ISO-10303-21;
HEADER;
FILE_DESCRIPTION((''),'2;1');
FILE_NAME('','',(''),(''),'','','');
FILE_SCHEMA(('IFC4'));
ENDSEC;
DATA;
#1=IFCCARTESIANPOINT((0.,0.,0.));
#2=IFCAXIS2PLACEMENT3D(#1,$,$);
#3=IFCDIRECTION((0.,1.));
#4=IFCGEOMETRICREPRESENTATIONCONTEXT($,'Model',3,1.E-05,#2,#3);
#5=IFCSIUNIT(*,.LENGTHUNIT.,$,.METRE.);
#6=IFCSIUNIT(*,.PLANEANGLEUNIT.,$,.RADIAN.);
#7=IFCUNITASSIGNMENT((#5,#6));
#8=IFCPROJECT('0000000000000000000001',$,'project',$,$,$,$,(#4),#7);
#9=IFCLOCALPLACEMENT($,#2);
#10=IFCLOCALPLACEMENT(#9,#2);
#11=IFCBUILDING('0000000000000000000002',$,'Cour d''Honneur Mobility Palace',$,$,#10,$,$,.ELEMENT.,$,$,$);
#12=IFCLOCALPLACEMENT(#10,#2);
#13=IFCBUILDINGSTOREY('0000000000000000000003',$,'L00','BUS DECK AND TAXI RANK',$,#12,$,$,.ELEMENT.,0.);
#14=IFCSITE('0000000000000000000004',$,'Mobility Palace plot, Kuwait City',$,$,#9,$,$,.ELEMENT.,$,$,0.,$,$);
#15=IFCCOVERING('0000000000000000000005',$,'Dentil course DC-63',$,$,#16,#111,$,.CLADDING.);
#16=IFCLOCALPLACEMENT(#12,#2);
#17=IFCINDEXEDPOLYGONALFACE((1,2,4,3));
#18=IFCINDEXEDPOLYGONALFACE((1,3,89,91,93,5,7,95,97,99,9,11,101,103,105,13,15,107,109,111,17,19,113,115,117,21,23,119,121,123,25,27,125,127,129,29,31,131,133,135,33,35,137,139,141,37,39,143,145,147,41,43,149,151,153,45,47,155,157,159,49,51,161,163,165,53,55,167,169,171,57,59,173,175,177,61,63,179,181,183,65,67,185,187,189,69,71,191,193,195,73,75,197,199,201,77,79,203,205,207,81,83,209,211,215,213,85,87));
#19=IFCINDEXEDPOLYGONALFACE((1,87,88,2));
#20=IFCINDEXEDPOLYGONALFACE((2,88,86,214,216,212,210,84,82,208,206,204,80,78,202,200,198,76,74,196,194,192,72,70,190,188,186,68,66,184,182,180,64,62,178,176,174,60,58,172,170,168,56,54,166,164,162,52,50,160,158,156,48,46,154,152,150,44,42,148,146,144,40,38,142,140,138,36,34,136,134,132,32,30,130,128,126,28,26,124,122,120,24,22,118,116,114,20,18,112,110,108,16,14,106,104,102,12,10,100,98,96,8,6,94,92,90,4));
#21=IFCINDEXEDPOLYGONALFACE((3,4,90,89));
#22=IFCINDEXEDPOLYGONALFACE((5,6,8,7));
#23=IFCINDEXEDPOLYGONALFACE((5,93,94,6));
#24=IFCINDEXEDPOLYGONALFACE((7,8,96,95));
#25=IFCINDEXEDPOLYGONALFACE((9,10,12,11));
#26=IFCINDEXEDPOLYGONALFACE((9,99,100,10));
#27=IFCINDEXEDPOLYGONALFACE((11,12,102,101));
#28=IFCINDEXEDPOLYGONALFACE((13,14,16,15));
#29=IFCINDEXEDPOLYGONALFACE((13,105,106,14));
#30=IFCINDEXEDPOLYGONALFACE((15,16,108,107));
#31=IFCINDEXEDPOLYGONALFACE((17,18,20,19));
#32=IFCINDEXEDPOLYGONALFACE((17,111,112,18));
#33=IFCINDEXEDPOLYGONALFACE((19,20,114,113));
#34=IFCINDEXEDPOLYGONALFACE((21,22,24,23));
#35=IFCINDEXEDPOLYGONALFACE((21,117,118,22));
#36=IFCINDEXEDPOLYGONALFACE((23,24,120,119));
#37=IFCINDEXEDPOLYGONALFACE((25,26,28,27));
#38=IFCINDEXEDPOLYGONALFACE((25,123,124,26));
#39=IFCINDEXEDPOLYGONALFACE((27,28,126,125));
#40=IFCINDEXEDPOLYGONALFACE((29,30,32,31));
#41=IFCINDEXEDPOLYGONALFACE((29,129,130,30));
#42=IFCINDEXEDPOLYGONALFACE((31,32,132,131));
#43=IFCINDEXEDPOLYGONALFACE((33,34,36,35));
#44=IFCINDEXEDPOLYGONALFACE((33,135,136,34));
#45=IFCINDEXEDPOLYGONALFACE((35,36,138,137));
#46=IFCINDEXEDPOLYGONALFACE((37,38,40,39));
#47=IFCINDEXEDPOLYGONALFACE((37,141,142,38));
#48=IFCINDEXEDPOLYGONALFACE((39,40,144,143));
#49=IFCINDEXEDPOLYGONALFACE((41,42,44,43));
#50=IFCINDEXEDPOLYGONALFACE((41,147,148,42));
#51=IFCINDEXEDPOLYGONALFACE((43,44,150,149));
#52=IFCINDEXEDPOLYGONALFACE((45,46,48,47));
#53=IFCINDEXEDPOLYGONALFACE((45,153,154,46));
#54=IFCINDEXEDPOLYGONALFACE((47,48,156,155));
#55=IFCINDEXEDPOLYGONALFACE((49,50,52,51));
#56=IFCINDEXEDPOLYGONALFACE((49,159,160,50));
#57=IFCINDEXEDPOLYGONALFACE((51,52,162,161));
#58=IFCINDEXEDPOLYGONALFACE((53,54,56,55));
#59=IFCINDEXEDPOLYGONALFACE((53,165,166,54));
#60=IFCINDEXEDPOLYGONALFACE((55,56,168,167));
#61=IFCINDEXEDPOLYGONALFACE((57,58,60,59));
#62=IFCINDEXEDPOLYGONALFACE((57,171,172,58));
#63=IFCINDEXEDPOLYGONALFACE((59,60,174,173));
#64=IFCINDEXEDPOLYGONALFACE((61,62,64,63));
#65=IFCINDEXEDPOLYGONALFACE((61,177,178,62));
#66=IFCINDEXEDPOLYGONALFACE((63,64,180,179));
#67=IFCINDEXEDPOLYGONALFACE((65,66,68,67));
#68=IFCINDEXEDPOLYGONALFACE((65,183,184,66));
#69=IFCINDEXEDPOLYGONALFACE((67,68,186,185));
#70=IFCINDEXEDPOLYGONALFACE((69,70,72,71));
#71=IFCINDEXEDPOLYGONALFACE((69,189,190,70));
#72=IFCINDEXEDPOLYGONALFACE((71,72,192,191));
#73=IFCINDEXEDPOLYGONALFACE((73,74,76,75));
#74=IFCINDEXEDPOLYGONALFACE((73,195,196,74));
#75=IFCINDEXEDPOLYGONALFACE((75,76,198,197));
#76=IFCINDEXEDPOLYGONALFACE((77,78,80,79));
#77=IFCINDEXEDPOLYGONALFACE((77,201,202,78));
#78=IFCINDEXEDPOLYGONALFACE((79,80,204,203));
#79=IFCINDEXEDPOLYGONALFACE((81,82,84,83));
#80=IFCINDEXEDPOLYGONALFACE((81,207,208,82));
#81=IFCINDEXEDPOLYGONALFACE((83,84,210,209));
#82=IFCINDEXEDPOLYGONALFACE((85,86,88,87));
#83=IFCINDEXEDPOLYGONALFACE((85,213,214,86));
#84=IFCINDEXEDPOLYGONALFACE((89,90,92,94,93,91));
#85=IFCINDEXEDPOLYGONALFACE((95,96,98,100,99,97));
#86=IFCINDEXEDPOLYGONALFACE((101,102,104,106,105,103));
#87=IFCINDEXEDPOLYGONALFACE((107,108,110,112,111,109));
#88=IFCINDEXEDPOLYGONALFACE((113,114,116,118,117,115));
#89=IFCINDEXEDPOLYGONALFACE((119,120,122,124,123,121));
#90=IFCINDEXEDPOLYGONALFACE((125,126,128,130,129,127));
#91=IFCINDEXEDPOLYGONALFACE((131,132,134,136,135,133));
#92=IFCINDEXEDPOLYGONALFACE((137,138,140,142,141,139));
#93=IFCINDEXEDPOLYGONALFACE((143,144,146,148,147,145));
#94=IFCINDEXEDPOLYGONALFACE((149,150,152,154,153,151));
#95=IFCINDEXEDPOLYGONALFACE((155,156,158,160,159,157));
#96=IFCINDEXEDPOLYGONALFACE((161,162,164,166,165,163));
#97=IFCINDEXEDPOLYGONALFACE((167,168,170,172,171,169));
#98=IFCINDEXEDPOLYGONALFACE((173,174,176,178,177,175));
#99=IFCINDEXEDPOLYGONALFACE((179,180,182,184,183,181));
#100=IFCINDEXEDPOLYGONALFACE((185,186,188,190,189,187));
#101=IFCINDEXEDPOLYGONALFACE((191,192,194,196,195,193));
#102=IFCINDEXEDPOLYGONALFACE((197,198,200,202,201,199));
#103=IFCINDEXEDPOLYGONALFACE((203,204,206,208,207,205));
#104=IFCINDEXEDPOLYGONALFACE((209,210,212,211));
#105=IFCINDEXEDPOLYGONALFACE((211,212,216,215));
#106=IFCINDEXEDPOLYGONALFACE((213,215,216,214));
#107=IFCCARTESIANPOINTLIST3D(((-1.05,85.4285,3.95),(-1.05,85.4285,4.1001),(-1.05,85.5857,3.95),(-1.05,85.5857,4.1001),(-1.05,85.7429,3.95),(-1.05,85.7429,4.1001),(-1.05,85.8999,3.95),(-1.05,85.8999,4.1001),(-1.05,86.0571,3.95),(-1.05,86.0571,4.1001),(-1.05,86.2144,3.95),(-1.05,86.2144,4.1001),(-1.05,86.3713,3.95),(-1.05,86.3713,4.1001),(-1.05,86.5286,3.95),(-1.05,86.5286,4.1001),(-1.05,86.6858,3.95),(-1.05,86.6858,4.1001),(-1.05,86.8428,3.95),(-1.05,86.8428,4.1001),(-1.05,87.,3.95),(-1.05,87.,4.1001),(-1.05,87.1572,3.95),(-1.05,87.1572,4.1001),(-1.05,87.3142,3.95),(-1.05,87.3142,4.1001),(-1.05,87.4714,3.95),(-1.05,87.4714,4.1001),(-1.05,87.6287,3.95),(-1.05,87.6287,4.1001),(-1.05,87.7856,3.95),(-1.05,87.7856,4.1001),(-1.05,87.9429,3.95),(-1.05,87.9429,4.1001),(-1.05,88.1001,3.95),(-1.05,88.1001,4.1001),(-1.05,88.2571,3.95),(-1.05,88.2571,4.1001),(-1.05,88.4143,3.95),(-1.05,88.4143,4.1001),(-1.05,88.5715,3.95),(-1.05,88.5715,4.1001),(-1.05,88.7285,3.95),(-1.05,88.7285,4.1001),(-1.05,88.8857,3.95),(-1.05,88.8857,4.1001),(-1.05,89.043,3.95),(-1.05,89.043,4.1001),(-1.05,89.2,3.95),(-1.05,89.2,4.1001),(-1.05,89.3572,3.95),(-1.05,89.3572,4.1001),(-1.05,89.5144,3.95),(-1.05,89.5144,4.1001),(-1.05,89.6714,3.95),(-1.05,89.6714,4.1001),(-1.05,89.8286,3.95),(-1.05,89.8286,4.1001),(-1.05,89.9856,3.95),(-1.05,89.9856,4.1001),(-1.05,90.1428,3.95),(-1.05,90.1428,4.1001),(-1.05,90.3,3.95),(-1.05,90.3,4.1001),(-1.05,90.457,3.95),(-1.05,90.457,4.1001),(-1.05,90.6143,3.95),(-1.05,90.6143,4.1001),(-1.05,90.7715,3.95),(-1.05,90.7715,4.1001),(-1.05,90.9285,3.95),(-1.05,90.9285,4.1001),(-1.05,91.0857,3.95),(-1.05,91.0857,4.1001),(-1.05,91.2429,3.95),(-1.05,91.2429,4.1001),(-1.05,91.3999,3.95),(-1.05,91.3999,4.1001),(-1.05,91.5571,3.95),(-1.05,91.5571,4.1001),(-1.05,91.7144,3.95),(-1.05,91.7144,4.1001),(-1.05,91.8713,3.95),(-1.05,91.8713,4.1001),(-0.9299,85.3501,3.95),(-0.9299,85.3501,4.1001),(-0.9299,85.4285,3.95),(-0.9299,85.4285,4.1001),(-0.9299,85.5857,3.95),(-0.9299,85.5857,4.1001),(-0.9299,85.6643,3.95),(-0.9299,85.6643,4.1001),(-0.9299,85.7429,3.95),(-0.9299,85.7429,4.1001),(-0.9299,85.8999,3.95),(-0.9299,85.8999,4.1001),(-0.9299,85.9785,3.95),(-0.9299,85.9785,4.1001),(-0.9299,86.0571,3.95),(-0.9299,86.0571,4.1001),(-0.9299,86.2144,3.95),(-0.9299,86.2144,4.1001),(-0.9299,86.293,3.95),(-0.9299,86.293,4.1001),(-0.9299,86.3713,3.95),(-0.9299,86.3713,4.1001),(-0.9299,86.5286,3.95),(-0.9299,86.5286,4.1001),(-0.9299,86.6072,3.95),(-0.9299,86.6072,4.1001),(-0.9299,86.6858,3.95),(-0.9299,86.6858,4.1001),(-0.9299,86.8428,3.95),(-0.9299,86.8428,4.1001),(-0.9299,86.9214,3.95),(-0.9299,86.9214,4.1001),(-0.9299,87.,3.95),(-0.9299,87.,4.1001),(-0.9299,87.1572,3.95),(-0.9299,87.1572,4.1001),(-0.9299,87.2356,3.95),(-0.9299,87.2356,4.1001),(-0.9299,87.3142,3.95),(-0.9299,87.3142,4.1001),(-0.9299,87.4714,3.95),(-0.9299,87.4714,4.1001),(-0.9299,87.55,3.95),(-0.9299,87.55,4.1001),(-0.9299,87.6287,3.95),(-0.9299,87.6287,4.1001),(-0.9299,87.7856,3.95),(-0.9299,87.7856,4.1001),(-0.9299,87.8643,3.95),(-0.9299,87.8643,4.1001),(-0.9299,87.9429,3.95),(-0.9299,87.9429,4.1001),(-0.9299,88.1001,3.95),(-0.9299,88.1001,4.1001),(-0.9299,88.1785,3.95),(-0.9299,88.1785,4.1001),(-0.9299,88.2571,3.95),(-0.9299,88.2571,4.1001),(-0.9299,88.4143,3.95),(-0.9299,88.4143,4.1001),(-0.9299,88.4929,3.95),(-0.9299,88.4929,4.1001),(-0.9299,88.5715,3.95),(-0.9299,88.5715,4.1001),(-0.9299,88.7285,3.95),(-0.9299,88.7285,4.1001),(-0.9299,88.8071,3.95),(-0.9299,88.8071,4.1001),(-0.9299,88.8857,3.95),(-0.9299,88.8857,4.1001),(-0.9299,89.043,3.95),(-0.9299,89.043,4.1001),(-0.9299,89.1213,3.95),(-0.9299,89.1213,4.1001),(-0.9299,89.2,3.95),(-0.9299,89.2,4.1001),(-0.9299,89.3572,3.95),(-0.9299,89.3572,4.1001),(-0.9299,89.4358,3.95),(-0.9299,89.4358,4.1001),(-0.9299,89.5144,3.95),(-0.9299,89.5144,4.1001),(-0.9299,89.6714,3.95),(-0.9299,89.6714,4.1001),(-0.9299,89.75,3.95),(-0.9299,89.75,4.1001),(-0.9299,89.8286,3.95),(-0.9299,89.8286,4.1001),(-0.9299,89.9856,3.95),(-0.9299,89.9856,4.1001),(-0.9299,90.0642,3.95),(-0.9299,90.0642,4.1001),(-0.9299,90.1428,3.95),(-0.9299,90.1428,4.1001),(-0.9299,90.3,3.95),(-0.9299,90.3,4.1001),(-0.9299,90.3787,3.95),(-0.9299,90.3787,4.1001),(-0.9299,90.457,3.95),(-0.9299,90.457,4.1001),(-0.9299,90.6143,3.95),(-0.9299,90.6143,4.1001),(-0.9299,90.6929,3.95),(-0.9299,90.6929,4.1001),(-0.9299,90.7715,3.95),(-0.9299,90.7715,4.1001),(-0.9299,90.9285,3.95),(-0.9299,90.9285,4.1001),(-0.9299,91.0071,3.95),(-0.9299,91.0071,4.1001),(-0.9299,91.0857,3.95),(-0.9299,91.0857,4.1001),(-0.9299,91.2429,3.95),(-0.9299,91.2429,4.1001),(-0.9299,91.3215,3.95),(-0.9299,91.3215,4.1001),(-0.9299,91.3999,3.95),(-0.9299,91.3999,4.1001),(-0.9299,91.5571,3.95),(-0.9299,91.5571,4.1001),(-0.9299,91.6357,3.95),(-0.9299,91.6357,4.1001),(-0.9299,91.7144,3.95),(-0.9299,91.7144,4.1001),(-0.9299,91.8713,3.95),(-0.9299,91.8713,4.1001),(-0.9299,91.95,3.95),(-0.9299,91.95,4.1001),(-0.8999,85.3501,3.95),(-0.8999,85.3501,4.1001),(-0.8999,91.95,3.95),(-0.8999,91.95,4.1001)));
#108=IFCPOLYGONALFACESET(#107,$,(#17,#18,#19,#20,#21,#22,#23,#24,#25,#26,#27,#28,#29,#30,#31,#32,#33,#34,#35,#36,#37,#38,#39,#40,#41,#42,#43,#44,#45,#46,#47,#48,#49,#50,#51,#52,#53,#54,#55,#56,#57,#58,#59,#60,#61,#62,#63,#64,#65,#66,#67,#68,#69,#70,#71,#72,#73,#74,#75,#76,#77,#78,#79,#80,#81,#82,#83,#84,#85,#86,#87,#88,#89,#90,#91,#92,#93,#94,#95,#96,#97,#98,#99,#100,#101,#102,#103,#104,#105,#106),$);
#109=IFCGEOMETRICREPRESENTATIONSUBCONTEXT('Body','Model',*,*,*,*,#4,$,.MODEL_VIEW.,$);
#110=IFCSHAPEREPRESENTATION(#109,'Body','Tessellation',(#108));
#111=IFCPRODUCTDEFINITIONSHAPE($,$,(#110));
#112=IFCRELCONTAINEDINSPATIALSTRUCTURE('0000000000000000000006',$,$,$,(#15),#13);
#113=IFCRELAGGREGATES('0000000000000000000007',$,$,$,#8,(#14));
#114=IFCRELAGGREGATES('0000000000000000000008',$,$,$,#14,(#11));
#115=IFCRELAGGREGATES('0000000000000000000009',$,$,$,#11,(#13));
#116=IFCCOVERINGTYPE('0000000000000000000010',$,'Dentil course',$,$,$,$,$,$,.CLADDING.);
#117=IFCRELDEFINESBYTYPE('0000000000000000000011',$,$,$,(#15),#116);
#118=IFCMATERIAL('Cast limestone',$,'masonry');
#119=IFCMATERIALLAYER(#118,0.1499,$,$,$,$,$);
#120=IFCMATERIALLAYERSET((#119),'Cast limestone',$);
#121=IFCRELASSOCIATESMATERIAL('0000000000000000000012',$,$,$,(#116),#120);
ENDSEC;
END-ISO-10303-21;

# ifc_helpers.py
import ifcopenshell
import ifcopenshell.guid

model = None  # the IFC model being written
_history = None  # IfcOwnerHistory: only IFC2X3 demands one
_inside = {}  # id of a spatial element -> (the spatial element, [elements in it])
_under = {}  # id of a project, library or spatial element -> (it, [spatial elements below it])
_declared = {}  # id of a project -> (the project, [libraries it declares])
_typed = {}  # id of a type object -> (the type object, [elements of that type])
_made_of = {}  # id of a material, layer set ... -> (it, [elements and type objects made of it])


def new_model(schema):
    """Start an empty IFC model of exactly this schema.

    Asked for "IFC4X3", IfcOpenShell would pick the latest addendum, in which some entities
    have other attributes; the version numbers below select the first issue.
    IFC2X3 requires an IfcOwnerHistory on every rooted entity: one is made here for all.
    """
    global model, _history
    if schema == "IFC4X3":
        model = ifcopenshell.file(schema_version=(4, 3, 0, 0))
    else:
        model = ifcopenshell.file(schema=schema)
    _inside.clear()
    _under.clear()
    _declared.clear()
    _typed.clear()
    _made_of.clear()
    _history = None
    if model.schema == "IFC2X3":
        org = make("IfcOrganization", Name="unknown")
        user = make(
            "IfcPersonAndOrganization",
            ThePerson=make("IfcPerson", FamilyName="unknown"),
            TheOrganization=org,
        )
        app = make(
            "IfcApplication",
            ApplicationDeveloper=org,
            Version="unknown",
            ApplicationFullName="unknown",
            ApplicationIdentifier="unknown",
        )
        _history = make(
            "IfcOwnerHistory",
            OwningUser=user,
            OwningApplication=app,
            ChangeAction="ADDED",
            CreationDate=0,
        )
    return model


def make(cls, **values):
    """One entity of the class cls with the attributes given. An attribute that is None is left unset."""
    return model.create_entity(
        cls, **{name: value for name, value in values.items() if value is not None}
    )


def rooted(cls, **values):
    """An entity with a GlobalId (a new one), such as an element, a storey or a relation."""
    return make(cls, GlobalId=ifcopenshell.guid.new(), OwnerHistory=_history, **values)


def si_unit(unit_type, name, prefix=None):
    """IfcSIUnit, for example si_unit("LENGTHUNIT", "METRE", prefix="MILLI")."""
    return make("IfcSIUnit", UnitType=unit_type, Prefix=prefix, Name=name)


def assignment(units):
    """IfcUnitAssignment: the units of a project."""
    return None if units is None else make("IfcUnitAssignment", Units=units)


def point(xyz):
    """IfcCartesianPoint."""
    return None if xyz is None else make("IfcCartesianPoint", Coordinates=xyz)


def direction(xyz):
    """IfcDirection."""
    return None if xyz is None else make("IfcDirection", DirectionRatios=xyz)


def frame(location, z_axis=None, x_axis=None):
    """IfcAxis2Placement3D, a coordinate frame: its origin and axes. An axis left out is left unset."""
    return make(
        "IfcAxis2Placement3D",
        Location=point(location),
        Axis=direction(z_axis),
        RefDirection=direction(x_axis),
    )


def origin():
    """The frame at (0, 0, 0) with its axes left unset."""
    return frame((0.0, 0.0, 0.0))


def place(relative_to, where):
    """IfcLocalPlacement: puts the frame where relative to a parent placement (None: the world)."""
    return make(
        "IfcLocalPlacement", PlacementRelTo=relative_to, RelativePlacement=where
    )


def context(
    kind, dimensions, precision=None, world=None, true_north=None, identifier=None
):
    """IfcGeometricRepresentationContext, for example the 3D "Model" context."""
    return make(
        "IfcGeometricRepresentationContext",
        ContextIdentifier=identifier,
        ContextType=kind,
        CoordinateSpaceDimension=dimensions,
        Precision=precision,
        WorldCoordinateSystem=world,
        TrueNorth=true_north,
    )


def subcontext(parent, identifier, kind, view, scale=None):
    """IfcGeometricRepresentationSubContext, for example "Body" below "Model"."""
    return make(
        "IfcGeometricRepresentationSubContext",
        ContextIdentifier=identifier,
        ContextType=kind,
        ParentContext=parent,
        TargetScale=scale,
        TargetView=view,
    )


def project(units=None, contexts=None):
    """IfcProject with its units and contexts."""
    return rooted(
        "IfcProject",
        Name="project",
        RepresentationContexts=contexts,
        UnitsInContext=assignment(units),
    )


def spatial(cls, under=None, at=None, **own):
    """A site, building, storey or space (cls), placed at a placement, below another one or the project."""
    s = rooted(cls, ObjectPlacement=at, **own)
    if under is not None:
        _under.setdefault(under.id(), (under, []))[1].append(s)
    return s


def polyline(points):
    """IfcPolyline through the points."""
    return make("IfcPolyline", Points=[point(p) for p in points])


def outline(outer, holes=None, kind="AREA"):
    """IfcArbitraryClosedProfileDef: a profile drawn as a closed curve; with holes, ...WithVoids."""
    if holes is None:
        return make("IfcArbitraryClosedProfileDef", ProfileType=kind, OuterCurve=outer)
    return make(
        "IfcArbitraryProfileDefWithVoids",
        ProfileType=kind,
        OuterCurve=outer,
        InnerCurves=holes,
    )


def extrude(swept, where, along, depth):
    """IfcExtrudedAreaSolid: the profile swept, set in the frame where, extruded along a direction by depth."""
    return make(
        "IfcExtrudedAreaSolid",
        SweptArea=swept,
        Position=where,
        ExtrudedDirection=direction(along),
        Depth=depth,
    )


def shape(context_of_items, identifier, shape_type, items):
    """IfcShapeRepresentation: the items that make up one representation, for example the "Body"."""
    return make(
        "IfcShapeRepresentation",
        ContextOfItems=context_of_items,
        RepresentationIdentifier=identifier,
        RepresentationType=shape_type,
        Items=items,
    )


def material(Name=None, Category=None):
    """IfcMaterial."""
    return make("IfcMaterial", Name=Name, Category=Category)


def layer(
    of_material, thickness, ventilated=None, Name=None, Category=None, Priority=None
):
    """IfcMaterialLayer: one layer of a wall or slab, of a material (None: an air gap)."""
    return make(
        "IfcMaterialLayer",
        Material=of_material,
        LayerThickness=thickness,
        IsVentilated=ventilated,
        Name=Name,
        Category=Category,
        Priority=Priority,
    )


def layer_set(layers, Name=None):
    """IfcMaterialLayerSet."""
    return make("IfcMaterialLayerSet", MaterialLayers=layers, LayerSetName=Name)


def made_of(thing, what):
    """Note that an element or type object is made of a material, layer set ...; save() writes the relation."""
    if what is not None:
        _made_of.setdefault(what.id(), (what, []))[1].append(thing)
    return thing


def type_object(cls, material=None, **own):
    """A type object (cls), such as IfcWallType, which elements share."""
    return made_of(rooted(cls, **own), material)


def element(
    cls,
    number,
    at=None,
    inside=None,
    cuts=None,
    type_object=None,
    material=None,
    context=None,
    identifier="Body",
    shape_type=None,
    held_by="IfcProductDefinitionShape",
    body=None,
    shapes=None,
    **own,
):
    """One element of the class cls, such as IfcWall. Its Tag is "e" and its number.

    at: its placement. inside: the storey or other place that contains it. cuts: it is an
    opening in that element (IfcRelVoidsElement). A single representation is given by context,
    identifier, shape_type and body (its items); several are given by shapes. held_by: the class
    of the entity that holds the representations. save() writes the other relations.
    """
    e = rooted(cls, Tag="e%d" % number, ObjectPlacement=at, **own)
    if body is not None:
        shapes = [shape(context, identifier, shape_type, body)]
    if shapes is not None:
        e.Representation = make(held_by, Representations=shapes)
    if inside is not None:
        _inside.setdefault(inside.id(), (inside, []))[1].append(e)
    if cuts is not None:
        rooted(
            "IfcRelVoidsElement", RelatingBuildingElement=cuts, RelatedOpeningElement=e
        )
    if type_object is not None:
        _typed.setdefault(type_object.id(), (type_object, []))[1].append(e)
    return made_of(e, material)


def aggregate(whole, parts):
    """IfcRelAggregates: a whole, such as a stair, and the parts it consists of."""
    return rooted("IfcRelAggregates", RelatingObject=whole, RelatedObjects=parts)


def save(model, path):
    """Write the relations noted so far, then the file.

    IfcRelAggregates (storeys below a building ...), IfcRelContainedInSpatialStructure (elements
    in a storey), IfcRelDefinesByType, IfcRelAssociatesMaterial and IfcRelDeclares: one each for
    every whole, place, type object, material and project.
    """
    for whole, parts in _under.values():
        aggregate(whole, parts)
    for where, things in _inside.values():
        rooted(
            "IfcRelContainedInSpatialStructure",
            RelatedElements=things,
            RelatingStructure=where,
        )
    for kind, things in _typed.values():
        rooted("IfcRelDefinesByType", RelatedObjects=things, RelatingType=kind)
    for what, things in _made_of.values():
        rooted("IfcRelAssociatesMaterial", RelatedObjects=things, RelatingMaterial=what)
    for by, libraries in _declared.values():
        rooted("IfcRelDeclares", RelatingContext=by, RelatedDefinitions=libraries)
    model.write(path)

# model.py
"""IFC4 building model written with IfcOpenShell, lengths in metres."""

from ifc_helpers import new_model, si_unit, direction, frame, origin, place, context, subcontext, project, spatial, polyline, outline, extrude, material, layer, layer_set, type_object, element, save


model = new_model("IFC4")

# Units and contexts
model_context = context("Model", 3, precision=1e-05, world=origin(), true_north=direction((0.0, 1.0)))
body_context = subcontext(model_context, "Body", "Model", "MODEL_VIEW")
ifc_project = project(units=[si_unit("LENGTHUNIT", "METRE"), si_unit("PLANEANGLEUNIT", "RADIAN")], contexts=[model_context])

# Site, building, storey
site_placement = place(None, origin())
site = spatial("IfcSite", under=ifc_project, at=site_placement, Name="Mobility Palace plot, Kuwait City", CompositionType="ELEMENT", RefElevation=0.0)
building_placement = place(site_placement, origin())
building = spatial("IfcBuilding", under=site, at=building_placement, Name="Cour d'Honneur Mobility Palace", CompositionType="ELEMENT")
storey_placement = place(building_placement, origin())
storey = spatial("IfcBuildingStorey", under=building, at=storey_placement, Name="L00", Description="BUS DECK AND TAXI RANK", CompositionType="ELEMENT", Elevation=0.0)

# Covering
ifc_material = material(Name="Cast limestone", Category="masonry")
ifc_layer = layer(ifc_material, 0.1499)
ifc_layer_set = layer_set([ifc_layer], Name="Cast limestone")
covering_type = type_object("IfcCoveringType", Name="Dentil course", PredefinedType="CLADDING", material=ifc_layer_set)
covering_1_placement = place(storey_placement, frame((0.0, 0.0, 3.95)))
element("IfcCovering", 1, at=covering_1_placement, inside=storey, type_object=covering_type, Name="Dentil course DC-63", PredefinedType="CLADDING", context=body_context, shape_type="SweptSolid", body=[
    extrude(outline(polyline([(-0.8999, 91.95), (-0.8999, 85.3501), (-0.9299, 85.3501), (-0.9299, 85.3501), (-0.9299, 85.4285), (-1.05, 85.4285), (-1.05, 85.5857), (-0.9299, 85.5857), (-0.9299, 85.6643), (-0.9299, 85.6643), (-0.9299, 85.7429), (-1.05, 85.7429), (-1.05, 85.8999), (-0.9299, 85.8999), (-0.9299, 85.9785), (-0.9299, 85.9785), (-0.9299, 86.0571), (-1.05, 86.0571), (-1.05, 86.2144), (-0.9299, 86.2144), (-0.9299, 86.293), (-0.9299, 86.293), (-0.9299, 86.3713), (-1.05, 86.3713), (-1.05, 86.5286), (-0.9299, 86.5286), (-0.9299, 86.6072), (-0.9299, 86.6072), (-0.9299, 86.6858), (-1.05, 86.6858), (-1.05, 86.8428), (-0.9299, 86.8428), (-0.9299, 86.9214), (-0.9299, 86.9214), (-0.9299, 87.0), (-1.05, 87.0), (-1.05, 87.1572), (-0.9299, 87.1572), (-0.9299, 87.2356), (-0.9299, 87.2356), (-0.9299, 87.3142), (-1.05, 87.3142), (-1.05, 87.4714), (-0.9299, 87.4714), (-0.9299, 87.55), (-0.9299, 87.55), (-0.9299, 87.6287), (-1.05, 87.6287), (-1.05, 87.7856), (-0.9299, 87.7856), (-0.9299, 87.8643), (-0.9299, 87.8643), (-0.9299, 87.9429), (-1.05, 87.9429), (-1.05, 88.1001), (-0.9299, 88.1001), (-0.9299, 88.1785), (-0.9299, 88.1785), (-0.9299, 88.2571), (-1.05, 88.2571), (-1.05, 88.4143), (-0.9299, 88.4143), (-0.9299, 88.4929), (-0.9299, 88.4929), (-0.9299, 88.5715), (-1.05, 88.5715), (-1.05, 88.7285), (-0.9299, 88.7285), (-0.9299, 88.8071), (-0.9299, 88.8071), (-0.9299, 88.8857), (-1.05, 88.8857), (-1.05, 89.043), (-0.9299, 89.043), (-0.9299, 89.1213), (-0.9299, 89.1213), (-0.9299, 89.2), (-1.05, 89.2), (-1.05, 89.3572), (-0.9299, 89.3572), (-0.9299, 89.4358), (-0.9299, 89.4358), (-0.9299, 89.5144), (-1.05, 89.5144), (-1.05, 89.6714), (-0.9299, 89.6714), (-0.9299, 89.75), (-0.9299, 89.75), (-0.9299, 89.8286), (-1.05, 89.8286), (-1.05, 89.9856), (-0.9299, 89.9856), (-0.9299, 90.0642), (-0.9299, 90.0642), (-0.9299, 90.1428), (-1.05, 90.1428), (-1.05, 90.3), (-0.9299, 90.3), (-0.9299, 90.3787), (-0.9299, 90.3787), (-0.9299, 90.457), (-1.05, 90.457), (-1.05, 90.6143), (-0.9299, 90.6143), (-0.9299, 90.6929), (-0.9299, 90.6929), (-0.9299, 90.7715), (-1.05, 90.7715), (-1.05, 90.9285), (-0.9299, 90.9285), (-0.9299, 91.0071), (-0.9299, 91.0071), (-0.9299, 91.0857), (-1.05, 91.0857), (-1.05, 91.2429), (-0.9299, 91.2429), (-0.9299, 91.3215), (-0.9299, 91.3215), (-0.9299, 91.3999), (-1.05, 91.3999), (-1.05, 91.5571), (-0.9299, 91.5571), (-0.9299, 91.6357), (-0.9299, 91.6357), (-0.9299, 91.7144), (-1.05, 91.7144), (-1.05, 91.8713), (-0.9299, 91.8713), (-0.9299, 91.95), (-0.8999, 91.95)])), origin(), (0.0, 0.0, 1.0), 0.1501),
])

save(model, "model.ifc")
